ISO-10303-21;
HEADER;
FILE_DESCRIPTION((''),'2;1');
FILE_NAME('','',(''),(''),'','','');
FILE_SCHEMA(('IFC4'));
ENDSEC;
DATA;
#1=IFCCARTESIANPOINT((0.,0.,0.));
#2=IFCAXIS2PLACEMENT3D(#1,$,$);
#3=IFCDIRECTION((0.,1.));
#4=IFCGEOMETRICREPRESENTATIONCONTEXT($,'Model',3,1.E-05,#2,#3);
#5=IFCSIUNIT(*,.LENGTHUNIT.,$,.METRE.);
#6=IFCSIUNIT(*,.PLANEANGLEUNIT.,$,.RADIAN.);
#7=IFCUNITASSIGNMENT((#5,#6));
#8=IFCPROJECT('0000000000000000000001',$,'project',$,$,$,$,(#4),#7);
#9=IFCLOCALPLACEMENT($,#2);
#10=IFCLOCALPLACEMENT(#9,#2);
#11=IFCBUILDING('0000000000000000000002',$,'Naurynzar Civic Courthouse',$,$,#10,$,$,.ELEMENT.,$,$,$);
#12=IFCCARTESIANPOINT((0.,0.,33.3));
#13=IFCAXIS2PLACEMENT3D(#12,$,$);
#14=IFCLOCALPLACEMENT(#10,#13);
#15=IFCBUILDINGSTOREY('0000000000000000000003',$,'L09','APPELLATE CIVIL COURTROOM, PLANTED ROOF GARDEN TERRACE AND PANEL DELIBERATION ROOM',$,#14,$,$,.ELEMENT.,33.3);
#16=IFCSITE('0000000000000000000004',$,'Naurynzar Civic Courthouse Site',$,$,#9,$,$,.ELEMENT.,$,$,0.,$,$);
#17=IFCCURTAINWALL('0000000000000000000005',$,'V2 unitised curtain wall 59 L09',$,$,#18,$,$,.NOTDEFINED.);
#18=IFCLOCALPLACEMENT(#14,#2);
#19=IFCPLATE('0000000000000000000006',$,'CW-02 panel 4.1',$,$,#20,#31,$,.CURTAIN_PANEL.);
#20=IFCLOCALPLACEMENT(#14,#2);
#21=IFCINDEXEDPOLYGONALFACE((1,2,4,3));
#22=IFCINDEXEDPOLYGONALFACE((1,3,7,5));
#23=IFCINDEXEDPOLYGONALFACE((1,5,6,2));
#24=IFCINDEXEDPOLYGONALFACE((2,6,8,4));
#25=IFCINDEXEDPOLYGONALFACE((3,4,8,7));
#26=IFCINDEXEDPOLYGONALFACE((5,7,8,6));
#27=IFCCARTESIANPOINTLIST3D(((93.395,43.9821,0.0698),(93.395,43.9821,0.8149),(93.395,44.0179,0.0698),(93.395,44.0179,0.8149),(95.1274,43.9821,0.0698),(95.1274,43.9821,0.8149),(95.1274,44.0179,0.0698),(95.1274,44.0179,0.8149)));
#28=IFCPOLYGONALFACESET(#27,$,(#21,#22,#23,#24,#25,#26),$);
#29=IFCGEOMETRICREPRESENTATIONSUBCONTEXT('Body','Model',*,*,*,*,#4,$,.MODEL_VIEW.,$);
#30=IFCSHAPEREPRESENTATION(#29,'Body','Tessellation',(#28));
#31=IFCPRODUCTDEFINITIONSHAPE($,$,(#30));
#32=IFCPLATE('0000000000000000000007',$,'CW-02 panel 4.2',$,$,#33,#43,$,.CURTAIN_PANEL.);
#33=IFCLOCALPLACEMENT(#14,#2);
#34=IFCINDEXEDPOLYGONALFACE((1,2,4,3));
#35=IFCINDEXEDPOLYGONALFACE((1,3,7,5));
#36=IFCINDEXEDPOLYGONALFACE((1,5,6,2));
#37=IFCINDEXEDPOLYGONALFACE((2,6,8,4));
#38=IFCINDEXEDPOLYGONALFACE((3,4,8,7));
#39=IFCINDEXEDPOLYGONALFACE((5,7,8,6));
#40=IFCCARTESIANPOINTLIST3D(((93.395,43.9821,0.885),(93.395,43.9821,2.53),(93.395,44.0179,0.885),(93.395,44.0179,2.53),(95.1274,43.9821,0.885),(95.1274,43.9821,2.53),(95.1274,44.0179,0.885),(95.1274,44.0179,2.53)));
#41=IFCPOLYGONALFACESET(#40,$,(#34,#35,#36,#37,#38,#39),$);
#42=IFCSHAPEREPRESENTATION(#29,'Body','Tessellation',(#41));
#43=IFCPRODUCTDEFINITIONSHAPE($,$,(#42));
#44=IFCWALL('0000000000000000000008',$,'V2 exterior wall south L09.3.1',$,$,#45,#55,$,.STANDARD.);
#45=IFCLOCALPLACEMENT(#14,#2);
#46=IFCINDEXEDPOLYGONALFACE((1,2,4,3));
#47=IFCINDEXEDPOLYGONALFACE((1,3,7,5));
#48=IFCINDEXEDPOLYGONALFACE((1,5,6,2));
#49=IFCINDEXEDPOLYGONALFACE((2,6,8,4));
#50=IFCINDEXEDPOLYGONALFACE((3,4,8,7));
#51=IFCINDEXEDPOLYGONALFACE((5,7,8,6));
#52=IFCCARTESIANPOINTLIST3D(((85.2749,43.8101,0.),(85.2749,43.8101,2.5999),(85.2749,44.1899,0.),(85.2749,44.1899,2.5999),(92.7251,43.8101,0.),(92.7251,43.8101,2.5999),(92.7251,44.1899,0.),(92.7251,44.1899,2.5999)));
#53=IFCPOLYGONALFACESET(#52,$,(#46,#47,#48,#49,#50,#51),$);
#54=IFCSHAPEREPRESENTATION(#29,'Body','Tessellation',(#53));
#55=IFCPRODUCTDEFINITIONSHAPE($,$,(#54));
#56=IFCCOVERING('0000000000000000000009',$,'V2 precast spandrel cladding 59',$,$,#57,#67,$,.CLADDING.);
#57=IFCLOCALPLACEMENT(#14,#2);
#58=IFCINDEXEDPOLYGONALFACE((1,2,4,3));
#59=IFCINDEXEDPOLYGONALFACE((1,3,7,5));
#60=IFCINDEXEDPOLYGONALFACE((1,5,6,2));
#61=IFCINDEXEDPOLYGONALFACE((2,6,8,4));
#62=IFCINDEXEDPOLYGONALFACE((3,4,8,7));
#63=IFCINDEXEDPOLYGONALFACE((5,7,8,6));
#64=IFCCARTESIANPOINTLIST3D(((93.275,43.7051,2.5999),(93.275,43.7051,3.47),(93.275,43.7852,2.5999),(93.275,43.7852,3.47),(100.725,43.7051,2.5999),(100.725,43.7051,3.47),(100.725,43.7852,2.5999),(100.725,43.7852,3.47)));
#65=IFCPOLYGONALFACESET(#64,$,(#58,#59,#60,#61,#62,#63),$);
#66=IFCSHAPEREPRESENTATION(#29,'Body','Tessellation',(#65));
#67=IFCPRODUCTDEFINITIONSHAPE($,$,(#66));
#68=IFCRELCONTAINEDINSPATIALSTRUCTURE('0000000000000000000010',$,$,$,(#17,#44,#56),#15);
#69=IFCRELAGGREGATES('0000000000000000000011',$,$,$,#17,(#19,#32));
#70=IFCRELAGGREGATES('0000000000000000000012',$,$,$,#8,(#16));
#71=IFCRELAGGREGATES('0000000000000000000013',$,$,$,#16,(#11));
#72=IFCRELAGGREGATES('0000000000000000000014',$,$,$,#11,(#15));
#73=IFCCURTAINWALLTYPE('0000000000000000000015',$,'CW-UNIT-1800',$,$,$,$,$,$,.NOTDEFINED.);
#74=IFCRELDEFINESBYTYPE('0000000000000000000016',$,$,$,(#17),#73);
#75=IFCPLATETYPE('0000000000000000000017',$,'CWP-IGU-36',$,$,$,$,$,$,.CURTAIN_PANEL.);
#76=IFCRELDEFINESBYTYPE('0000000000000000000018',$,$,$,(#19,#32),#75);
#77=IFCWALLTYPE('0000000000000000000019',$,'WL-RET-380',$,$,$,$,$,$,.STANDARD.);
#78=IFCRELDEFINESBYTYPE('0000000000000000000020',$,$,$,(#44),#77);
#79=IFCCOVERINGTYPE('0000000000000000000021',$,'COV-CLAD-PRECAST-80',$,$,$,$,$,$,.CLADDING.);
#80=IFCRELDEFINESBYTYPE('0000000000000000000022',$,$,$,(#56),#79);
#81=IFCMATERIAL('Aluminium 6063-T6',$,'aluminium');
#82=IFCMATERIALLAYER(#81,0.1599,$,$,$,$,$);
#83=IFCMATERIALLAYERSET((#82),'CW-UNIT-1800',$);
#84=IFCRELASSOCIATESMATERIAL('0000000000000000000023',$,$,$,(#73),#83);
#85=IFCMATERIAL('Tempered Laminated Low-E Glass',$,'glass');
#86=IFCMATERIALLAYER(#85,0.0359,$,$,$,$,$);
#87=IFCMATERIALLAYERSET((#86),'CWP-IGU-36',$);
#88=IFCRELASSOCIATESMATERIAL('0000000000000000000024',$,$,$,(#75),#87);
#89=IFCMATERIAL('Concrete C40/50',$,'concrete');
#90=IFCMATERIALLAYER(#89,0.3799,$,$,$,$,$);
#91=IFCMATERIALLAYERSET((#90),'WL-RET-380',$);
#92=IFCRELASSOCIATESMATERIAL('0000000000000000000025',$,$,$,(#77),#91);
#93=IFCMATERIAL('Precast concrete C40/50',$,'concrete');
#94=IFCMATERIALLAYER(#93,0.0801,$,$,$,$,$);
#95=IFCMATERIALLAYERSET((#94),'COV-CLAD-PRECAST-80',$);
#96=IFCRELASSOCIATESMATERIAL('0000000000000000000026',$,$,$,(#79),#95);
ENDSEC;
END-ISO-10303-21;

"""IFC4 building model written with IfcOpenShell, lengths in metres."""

from ifc_helpers import new_model, si_unit, direction, frame, frame_2d, origin, origin_2d, place, context, subcontext, project, spatial, rectangle, extrude, material, layer, layer_set, type_object, element, aggregate, save


model = new_model("IFC4")

# Units and contexts
model_context = context("Model", 3, precision=1e-05, world=origin(), true_north=direction((0.0, 1.0)))
body_context = subcontext(model_context, "Body", "Model", "MODEL_VIEW")
ifc_project = project(units=[si_unit("LENGTHUNIT", "METRE"), si_unit("PLANEANGLEUNIT", "RADIAN")], contexts=[model_context])

# Site, building, storey
site_placement = place(None, origin())
site = spatial("IfcSite", under=ifc_project, at=site_placement, Name="Naurynzar Civic Courthouse Site", CompositionType="ELEMENT", RefElevation=0.0)
building_placement = place(site_placement, origin())
building = spatial("IfcBuilding", under=site, at=building_placement, Name="Naurynzar Civic Courthouse", CompositionType="ELEMENT")
storey_placement = place(building_placement, frame((0.0, 0.0, 33.3)))
storey = spatial("IfcBuildingStorey", under=building, at=storey_placement, Name="L09", Description="APPELLATE CIVIL COURTROOM, PLANTED ROOF GARDEN TERRACE AND PANEL DELIBERATION ROOM", CompositionType="ELEMENT", Elevation=33.3)

# Curtain wall, plates
ifc_material_1 = material(Name="Aluminium 6063-T6", Category="aluminium")
ifc_layer_1 = layer(ifc_material_1, 0.1599)
ifc_layer_set_1 = layer_set([ifc_layer_1], Name="CW-UNIT-1800")
curtain_wall_type = type_object("IfcCurtainWallType", Name="CW-UNIT-1800", PredefinedType="NOTDEFINED", material=ifc_layer_set_1)
curtain_wall_placement = place(storey_placement, origin())
curtain_wall = element("IfcCurtainWall", 1, at=curtain_wall_placement, inside=storey, type_object=curtain_wall_type, Name="V2 unitised curtain wall 59 L09", PredefinedType="NOTDEFINED")
ifc_material_2 = material(Name="Tempered Laminated Low-E Glass", Category="glass")
ifc_layer_2 = layer(ifc_material_2, 0.0359)
ifc_layer_set_2 = layer_set([ifc_layer_2], Name="CWP-IGU-36")
plate_type = type_object("IfcPlateType", Name="CWP-IGU-36", PredefinedType="CURTAIN_PANEL", material=ifc_layer_set_2)
plate_1_placement = place(storey_placement, frame((94.2612, 44.0, 0.0698), z_axis=(0.0, 0.0, 1.0), x_axis=(-1.0, 0.0, 0.0)))
plate_1 = element("IfcPlate", 2, at=plate_1_placement, type_object=plate_type, Name="CW-02 panel 4.1", PredefinedType="CURTAIN_PANEL", context=body_context, shape_type="SweptSolid", body=[
    extrude(rectangle(XDim=1.7324, YDim=0.0359, at=origin_2d()), origin(), (0.0, 0.0, 1.0), 0.7451),
])
plate_2_placement = place(storey_placement, frame((94.2612, 44.0, 0.885), z_axis=(0.0, 0.0, 1.0), x_axis=(-1.0, 0.0, 0.0)))
plate_2 = element("IfcPlate", 3, at=plate_2_placement, type_object=plate_type, Name="CW-02 panel 4.2", PredefinedType="CURTAIN_PANEL", context=body_context, shape_type="SweptSolid", body=[
    extrude(rectangle(XDim=1.7324, YDim=0.0359, at=origin_2d()), origin(), (0.0, 0.0, 1.0), 1.645),
])
aggregate(curtain_wall, [plate_1, plate_2])

# Wall
ifc_material_3 = material(Name="Concrete C40/50", Category="concrete")
ifc_layer_3 = layer(ifc_material_3, 0.3799)
ifc_layer_set_3 = layer_set([ifc_layer_3], Name="WL-RET-380")
wall_type = type_object("IfcWallType", Name="WL-RET-380", PredefinedType="STANDARD", material=ifc_layer_set_3)
wall_placement = place(storey_placement, frame((92.7251, 44.0, 0.0), z_axis=(0.0, 0.0, 1.0), x_axis=(-1.0, 0.0, 0.0)))
element("IfcWall", 4, at=wall_placement, inside=storey, type_object=wall_type, Name="V2 exterior wall south L09.3.1", PredefinedType="STANDARD", context=body_context, shape_type="SweptSolid", body=[
    extrude(rectangle(XDim=7.4502, YDim=0.3799, at=frame_2d((3.7251, 0.0))), origin(), (0.0, 0.0, 1.0), 2.5999),
])

# Covering
ifc_material_4 = material(Name="Precast concrete C40/50", Category="concrete")
ifc_layer_4 = layer(ifc_material_4, 0.0801)
ifc_layer_set_4 = layer_set([ifc_layer_4], Name="COV-CLAD-PRECAST-80")
covering_type = type_object("IfcCoveringType", Name="COV-CLAD-PRECAST-80", PredefinedType="CLADDING", material=ifc_layer_set_4)
covering_placement = place(storey_placement, frame((97.0, 43.7451, 2.5999), z_axis=(0.0, 0.0, 1.0), x_axis=(-1.0, 0.0, 0.0)))
element("IfcCovering", 5, at=covering_placement, inside=storey, type_object=covering_type, Name="V2 precast spandrel cladding 59", PredefinedType="CLADDING", context=body_context, shape_type="SweptSolid", body=[
    extrude(rectangle(XDim=7.45, YDim=0.0801, at=origin_2d()), origin(), (0.0, 0.0, 1.0), 0.8701),
])

save(model, "model.ifc")
